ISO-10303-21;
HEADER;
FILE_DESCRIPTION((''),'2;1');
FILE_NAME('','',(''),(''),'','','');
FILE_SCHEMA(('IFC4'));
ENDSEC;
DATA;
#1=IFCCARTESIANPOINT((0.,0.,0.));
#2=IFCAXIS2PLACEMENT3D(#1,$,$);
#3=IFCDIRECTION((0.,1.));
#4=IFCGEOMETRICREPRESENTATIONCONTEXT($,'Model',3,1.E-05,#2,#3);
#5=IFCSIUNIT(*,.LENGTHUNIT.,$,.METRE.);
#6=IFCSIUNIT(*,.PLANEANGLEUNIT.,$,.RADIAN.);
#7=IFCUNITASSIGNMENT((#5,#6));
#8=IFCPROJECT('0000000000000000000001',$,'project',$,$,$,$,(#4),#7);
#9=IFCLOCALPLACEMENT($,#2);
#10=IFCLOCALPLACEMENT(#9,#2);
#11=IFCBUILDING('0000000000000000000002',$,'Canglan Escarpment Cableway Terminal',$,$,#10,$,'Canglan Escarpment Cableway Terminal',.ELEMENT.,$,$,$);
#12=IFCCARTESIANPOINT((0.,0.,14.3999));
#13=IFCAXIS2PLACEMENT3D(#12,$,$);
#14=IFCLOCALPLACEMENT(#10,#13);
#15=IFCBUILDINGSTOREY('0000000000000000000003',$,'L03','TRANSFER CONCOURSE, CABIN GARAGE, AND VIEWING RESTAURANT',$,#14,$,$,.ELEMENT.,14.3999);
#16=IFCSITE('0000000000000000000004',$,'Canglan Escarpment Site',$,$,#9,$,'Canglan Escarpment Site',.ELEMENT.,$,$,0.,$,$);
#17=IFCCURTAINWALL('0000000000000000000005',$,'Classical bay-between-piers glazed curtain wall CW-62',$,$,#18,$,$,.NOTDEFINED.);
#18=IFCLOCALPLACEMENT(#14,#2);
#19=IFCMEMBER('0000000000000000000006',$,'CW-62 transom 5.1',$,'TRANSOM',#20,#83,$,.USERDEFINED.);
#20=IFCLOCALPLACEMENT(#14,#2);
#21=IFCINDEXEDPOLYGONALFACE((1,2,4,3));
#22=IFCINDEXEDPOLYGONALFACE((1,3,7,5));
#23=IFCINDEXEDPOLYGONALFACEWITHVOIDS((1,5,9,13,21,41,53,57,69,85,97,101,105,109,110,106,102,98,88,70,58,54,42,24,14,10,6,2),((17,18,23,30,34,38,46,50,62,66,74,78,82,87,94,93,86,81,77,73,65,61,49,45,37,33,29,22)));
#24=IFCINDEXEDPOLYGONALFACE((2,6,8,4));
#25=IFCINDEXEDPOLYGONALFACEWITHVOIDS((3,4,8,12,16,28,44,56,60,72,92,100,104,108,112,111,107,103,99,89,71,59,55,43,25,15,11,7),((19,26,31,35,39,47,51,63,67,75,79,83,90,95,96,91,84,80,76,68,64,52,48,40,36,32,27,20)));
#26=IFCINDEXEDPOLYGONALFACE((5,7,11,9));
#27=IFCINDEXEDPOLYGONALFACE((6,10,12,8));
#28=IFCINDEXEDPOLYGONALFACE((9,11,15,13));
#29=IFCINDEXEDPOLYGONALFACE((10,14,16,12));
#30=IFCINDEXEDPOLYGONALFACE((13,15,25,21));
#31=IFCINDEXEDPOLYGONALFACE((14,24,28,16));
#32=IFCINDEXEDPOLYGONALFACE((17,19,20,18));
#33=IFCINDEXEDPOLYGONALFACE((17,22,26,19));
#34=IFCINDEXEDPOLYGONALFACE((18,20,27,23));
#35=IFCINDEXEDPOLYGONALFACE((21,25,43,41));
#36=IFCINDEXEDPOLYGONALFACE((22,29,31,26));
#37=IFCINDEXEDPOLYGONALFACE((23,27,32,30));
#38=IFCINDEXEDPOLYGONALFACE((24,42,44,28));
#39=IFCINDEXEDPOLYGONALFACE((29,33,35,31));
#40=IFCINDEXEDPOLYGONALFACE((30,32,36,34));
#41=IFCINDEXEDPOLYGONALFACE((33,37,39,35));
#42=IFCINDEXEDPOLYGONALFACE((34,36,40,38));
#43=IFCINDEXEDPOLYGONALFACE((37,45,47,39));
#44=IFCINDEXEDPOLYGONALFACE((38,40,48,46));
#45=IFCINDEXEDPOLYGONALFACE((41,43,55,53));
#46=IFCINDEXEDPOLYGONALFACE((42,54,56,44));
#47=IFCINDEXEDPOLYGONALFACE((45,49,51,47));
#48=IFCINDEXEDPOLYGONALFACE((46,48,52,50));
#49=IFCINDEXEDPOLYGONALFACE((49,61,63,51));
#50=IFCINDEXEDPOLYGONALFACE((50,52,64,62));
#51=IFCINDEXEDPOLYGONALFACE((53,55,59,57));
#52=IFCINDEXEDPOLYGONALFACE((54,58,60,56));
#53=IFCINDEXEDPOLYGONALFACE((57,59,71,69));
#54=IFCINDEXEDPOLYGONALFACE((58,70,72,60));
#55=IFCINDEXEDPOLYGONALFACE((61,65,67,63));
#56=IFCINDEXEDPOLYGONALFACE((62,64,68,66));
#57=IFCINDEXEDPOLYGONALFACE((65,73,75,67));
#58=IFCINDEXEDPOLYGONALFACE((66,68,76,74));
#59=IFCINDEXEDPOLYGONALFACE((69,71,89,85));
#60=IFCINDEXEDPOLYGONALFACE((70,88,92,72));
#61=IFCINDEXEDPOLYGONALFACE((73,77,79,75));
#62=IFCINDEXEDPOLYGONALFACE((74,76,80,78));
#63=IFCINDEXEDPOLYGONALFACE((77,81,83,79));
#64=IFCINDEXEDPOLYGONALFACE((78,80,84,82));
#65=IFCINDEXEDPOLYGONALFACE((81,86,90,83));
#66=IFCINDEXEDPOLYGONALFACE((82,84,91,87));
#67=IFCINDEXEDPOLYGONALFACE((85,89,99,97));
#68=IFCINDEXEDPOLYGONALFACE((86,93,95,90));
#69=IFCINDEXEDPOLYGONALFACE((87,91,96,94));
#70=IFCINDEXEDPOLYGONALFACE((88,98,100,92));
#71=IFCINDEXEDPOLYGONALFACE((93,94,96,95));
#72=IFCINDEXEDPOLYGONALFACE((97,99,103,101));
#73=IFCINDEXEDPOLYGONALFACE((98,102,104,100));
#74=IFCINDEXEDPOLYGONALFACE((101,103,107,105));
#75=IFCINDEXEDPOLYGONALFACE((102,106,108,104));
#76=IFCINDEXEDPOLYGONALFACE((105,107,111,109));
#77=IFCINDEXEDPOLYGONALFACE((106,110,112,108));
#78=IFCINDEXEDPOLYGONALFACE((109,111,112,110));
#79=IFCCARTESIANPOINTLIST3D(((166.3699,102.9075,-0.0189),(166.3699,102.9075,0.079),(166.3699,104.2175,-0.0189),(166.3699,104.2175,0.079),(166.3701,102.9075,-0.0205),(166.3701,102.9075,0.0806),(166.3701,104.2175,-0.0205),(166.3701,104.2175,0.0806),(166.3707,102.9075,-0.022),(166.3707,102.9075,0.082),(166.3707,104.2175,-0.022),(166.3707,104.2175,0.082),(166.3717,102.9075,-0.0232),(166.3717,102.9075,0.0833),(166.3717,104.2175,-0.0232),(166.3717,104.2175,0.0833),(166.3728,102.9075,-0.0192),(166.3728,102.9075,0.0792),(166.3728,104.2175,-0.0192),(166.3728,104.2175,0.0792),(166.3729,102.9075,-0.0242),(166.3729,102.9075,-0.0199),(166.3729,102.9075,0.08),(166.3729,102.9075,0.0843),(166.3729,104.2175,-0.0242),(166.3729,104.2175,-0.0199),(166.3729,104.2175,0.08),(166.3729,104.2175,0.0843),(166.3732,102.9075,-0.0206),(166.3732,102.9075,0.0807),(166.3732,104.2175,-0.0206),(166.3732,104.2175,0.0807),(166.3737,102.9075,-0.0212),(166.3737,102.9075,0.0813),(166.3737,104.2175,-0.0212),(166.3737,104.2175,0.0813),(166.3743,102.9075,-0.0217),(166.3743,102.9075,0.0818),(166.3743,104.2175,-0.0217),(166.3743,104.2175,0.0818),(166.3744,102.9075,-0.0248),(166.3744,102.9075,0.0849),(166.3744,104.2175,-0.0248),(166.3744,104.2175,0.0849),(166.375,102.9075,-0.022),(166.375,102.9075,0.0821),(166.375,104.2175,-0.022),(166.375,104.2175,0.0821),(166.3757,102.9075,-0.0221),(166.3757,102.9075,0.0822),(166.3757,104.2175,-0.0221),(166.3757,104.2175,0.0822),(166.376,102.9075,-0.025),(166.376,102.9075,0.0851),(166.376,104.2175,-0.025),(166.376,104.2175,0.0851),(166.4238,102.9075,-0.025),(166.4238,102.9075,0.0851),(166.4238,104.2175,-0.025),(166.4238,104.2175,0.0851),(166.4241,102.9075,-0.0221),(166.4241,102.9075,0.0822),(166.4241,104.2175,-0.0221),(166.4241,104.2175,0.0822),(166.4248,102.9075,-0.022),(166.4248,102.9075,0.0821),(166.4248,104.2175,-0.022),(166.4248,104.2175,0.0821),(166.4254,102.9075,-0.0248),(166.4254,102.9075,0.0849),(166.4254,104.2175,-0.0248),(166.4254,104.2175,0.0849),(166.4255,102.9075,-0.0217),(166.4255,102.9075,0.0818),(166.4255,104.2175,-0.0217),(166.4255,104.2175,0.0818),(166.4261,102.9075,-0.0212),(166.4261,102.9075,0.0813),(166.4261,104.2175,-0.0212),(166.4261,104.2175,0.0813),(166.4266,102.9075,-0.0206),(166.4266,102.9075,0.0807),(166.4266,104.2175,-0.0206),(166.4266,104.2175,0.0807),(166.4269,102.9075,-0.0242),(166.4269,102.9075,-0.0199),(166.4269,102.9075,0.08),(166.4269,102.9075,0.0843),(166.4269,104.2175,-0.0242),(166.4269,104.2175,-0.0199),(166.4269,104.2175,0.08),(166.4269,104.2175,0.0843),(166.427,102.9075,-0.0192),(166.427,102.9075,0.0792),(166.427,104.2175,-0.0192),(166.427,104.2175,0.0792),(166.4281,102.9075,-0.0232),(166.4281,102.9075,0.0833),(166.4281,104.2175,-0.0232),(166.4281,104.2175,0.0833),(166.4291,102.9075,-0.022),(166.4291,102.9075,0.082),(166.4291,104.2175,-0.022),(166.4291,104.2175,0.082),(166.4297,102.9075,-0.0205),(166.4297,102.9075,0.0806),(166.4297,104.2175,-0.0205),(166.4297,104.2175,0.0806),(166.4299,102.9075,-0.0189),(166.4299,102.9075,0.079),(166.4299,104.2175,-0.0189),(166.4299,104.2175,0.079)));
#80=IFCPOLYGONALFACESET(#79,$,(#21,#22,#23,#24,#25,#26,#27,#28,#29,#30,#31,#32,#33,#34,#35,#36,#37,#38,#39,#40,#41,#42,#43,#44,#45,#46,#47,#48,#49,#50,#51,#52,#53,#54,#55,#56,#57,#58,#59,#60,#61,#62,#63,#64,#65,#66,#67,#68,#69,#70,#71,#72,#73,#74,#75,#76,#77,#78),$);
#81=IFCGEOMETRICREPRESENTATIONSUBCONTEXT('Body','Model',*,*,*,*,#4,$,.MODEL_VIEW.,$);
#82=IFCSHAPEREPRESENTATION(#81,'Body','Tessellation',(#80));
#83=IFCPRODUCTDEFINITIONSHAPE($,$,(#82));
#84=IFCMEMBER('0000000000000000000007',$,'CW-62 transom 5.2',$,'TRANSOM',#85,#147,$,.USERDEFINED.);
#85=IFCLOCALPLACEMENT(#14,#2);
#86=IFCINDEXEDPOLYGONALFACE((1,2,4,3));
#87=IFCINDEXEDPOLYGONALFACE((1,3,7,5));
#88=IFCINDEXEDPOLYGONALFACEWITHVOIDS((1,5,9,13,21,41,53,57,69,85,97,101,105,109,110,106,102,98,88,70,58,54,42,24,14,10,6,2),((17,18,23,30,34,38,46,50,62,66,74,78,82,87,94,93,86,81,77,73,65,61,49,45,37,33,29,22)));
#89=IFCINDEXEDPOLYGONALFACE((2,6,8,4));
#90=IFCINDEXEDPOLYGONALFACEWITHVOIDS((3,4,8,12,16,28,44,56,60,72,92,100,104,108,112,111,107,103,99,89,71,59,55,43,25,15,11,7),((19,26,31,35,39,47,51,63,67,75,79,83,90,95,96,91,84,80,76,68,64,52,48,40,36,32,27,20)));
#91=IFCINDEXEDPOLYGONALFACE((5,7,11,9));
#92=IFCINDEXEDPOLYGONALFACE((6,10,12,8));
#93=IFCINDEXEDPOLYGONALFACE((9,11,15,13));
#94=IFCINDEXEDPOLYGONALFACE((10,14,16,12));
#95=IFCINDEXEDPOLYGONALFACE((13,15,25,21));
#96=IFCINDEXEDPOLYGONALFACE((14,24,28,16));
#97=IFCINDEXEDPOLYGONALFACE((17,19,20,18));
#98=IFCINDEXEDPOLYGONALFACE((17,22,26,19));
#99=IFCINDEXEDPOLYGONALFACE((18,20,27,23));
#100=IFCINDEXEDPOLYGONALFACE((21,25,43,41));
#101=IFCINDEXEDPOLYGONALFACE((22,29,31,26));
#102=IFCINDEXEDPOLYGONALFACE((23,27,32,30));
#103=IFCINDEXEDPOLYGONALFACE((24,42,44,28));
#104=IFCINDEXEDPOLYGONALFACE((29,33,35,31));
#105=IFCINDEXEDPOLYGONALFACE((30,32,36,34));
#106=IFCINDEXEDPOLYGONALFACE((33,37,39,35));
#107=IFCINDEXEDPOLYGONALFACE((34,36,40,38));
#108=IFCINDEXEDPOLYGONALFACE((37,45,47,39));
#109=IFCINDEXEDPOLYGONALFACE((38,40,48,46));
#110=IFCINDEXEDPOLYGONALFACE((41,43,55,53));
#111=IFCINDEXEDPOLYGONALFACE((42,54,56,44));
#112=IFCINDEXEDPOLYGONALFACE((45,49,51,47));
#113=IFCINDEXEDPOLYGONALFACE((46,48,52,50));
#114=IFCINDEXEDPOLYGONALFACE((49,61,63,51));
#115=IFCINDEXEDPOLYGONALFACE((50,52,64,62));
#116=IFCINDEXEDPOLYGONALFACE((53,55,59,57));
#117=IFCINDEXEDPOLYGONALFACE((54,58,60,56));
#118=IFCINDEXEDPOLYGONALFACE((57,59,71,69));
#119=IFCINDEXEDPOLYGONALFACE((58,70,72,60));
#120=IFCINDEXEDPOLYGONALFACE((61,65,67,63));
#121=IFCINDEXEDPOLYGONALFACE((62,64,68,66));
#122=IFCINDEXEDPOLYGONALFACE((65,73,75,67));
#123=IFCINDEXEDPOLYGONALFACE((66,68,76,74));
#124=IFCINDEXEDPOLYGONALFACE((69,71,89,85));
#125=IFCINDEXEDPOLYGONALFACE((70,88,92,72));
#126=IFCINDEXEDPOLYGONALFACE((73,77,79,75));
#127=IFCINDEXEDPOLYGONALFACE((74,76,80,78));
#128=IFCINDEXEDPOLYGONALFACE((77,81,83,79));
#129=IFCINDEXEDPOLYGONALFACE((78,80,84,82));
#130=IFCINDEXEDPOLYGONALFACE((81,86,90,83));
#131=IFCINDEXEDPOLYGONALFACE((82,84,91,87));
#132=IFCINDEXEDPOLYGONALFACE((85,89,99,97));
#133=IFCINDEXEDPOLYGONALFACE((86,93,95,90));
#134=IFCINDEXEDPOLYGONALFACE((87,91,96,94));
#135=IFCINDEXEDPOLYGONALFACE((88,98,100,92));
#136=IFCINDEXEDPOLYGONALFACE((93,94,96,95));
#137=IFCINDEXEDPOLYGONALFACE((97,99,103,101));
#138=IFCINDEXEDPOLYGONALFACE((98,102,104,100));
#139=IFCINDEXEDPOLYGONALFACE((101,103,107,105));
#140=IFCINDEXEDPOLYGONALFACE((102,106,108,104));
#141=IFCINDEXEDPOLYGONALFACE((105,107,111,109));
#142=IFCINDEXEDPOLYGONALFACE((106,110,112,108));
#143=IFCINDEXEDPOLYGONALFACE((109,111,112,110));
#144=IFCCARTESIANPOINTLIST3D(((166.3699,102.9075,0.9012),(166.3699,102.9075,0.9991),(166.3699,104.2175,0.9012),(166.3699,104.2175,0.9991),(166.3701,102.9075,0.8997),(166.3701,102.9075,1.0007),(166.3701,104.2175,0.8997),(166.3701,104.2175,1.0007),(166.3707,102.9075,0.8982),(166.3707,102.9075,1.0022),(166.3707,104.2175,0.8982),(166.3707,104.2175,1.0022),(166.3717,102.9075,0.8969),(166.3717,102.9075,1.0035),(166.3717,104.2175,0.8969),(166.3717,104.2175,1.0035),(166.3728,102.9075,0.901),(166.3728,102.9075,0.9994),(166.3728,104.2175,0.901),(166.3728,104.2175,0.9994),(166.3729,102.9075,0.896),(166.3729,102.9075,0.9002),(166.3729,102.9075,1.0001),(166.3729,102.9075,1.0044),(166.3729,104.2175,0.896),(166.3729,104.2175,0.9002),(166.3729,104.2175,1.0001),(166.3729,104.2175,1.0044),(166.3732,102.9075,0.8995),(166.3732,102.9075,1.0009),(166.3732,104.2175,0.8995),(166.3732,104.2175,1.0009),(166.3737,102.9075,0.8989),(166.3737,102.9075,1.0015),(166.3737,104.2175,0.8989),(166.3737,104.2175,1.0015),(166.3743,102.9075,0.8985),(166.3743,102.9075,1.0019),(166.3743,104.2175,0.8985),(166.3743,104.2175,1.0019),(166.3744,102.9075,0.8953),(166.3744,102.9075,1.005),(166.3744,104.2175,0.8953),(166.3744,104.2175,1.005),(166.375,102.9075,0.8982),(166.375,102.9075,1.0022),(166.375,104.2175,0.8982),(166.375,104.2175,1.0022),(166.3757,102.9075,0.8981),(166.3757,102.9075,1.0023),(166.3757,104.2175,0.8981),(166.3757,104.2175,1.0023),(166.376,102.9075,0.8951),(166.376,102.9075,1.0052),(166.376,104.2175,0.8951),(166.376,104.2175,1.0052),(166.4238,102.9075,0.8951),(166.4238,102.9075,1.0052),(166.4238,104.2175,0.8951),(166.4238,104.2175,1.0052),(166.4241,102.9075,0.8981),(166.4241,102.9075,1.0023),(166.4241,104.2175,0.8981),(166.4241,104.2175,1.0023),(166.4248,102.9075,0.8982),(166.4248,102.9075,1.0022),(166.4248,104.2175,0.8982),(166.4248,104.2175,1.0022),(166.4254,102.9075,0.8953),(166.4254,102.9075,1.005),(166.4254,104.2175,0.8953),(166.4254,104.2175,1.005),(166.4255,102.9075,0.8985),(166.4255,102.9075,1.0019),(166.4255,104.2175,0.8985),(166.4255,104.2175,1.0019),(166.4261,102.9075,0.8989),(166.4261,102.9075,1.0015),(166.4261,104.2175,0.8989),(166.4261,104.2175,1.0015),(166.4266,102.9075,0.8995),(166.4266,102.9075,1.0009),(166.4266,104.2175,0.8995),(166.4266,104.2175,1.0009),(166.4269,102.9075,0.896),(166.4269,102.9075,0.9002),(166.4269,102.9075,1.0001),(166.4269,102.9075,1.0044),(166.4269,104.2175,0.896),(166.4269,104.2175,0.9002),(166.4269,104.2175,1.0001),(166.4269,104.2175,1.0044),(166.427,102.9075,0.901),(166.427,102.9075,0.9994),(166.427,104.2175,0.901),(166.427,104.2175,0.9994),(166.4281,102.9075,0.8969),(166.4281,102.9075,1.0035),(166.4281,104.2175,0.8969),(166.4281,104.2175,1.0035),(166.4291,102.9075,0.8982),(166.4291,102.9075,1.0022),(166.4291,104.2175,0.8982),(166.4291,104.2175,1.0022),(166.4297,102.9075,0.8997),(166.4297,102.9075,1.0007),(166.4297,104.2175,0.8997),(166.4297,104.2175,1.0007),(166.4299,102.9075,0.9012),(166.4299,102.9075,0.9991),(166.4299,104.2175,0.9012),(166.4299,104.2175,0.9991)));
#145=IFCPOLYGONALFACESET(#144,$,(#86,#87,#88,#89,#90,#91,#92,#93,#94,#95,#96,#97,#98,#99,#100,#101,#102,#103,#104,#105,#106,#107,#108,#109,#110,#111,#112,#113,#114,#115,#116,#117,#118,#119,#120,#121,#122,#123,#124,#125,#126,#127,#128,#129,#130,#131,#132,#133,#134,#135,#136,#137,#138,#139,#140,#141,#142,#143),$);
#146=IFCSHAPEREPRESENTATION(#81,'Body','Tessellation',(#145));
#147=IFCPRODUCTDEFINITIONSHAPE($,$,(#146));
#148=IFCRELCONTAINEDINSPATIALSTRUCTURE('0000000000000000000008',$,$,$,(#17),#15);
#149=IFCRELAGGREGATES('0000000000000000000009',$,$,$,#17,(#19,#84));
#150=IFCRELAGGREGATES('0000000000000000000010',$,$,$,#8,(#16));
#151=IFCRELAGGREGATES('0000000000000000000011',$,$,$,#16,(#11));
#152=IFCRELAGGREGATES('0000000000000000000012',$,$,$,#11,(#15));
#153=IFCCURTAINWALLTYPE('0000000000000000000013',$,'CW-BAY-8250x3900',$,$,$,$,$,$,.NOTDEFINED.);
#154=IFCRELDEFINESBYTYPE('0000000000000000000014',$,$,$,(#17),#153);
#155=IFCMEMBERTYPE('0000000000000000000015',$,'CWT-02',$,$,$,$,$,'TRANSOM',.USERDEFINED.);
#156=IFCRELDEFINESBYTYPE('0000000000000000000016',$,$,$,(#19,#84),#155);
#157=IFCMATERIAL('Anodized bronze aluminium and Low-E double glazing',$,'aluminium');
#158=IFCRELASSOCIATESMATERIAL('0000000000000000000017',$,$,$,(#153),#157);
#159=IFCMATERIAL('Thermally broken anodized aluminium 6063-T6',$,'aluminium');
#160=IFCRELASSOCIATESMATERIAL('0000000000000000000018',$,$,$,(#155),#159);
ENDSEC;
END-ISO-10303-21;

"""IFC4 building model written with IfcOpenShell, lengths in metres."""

from ifc_helpers import new_model, si_unit, direction, frame, origin, origin_2d, place, context, subcontext, project, spatial, hollow_rectangle, extrude, material, material_profile, profile_set, type_object, element, aggregate, save


model = new_model("IFC4")

# Units and contexts
model_context = context("Model", 3, precision=1e-05, world=origin(), true_north=direction((0.0, 1.0)))
body_context = subcontext(model_context, "Body", "Model", "MODEL_VIEW")
ifc_project = project(units=[si_unit("LENGTHUNIT", "METRE"), si_unit("PLANEANGLEUNIT", "RADIAN")], contexts=[model_context])

# Site, building, storey
site_placement = place(None, origin())
site = spatial("IfcSite", under=ifc_project, at=site_placement, Name="Canglan Escarpment Site", LongName="Canglan Escarpment Site", CompositionType="ELEMENT", RefElevation=0.0)
building_placement = place(site_placement, origin())
building = spatial("IfcBuilding", under=site, at=building_placement, Name="Canglan Escarpment Cableway Terminal", LongName="Canglan Escarpment Cableway Terminal", CompositionType="ELEMENT")
storey_placement = place(building_placement, frame((0.0, 0.0, 14.3999)))
storey = spatial("IfcBuildingStorey", under=building, at=storey_placement, Name="L03", Description="TRANSFER CONCOURSE, CABIN GARAGE, AND VIEWING RESTAURANT", CompositionType="ELEMENT", Elevation=14.3999)

# Curtain wall, members
ifc_material_1 = material(Name="Anodized bronze aluminium and Low-E double glazing", Category="aluminium")
curtain_wall_type = type_object("IfcCurtainWallType", Name="CW-BAY-8250x3900", PredefinedType="NOTDEFINED", material=ifc_material_1)
curtain_wall_placement = place(storey_placement, origin())
curtain_wall = element("IfcCurtainWall", 1, at=curtain_wall_placement, inside=storey, type_object=curtain_wall_type, Name="Classical bay-between-piers glazed curtain wall CW-62", PredefinedType="NOTDEFINED")
ifc_material_2 = material(Name="Thermally broken anodized aluminium 6063-T6", Category="aluminium")
ifc_material_profile_1 = material_profile(ifc_material_2, hollow_rectangle(XDim=0.0601, YDim=0.1101, WallThickness=0.0029, InnerFilletRadius=0.0029, OuterFilletRadius=0.0061, at=origin_2d()), Name="ALU-TRAN 60x110x3")
ifc_profile_set_1 = profile_set([ifc_material_profile_1], Name="Thermally broken anodized aluminium 6063-T6")
member_type_1 = type_object("IfcMemberType", Name="CWT-02", ElementType="TRANSOM", PredefinedType="USERDEFINED", material=ifc_profile_set_1)
member_1_placement = place(storey_placement, frame((166.3999, 102.9075, 0.03), z_axis=(0.0, 1.0, 0.0), x_axis=(-1.0, 0.0, 0.0)))
member_1 = element("IfcMember", 2, at=member_1_placement, type_object=member_type_1, Name="CW-62 transom 5.1", ObjectType="TRANSOM", PredefinedType="USERDEFINED", context=body_context, shape_type="SweptSolid", body=[
    extrude(hollow_rectangle(XDim=0.0601, YDim=0.1101, WallThickness=0.0029, InnerFilletRadius=0.0029, OuterFilletRadius=0.0061, at=origin_2d()), origin(), (0.0, 0.0, 1.0), 1.3101),
])
member_2_placement = place(storey_placement, frame((166.3999, 102.9075, 0.9502), z_axis=(0.0, 1.0, 0.0), x_axis=(-1.0, 0.0, 0.0)))
member_2 = element("IfcMember", 3, at=member_2_placement, type_object=member_type_1, Name="CW-62 transom 5.2", ObjectType="TRANSOM", PredefinedType="USERDEFINED", context=body_context, shape_type="SweptSolid", body=[
    extrude(hollow_rectangle(XDim=0.0601, YDim=0.1101, WallThickness=0.0029, InnerFilletRadius=0.0029, OuterFilletRadius=0.0061, at=origin_2d()), origin(), (0.0, 0.0, 1.0), 1.3101),
])
aggregate(curtain_wall, [member_1, member_2])

save(model, "model.ifc")
